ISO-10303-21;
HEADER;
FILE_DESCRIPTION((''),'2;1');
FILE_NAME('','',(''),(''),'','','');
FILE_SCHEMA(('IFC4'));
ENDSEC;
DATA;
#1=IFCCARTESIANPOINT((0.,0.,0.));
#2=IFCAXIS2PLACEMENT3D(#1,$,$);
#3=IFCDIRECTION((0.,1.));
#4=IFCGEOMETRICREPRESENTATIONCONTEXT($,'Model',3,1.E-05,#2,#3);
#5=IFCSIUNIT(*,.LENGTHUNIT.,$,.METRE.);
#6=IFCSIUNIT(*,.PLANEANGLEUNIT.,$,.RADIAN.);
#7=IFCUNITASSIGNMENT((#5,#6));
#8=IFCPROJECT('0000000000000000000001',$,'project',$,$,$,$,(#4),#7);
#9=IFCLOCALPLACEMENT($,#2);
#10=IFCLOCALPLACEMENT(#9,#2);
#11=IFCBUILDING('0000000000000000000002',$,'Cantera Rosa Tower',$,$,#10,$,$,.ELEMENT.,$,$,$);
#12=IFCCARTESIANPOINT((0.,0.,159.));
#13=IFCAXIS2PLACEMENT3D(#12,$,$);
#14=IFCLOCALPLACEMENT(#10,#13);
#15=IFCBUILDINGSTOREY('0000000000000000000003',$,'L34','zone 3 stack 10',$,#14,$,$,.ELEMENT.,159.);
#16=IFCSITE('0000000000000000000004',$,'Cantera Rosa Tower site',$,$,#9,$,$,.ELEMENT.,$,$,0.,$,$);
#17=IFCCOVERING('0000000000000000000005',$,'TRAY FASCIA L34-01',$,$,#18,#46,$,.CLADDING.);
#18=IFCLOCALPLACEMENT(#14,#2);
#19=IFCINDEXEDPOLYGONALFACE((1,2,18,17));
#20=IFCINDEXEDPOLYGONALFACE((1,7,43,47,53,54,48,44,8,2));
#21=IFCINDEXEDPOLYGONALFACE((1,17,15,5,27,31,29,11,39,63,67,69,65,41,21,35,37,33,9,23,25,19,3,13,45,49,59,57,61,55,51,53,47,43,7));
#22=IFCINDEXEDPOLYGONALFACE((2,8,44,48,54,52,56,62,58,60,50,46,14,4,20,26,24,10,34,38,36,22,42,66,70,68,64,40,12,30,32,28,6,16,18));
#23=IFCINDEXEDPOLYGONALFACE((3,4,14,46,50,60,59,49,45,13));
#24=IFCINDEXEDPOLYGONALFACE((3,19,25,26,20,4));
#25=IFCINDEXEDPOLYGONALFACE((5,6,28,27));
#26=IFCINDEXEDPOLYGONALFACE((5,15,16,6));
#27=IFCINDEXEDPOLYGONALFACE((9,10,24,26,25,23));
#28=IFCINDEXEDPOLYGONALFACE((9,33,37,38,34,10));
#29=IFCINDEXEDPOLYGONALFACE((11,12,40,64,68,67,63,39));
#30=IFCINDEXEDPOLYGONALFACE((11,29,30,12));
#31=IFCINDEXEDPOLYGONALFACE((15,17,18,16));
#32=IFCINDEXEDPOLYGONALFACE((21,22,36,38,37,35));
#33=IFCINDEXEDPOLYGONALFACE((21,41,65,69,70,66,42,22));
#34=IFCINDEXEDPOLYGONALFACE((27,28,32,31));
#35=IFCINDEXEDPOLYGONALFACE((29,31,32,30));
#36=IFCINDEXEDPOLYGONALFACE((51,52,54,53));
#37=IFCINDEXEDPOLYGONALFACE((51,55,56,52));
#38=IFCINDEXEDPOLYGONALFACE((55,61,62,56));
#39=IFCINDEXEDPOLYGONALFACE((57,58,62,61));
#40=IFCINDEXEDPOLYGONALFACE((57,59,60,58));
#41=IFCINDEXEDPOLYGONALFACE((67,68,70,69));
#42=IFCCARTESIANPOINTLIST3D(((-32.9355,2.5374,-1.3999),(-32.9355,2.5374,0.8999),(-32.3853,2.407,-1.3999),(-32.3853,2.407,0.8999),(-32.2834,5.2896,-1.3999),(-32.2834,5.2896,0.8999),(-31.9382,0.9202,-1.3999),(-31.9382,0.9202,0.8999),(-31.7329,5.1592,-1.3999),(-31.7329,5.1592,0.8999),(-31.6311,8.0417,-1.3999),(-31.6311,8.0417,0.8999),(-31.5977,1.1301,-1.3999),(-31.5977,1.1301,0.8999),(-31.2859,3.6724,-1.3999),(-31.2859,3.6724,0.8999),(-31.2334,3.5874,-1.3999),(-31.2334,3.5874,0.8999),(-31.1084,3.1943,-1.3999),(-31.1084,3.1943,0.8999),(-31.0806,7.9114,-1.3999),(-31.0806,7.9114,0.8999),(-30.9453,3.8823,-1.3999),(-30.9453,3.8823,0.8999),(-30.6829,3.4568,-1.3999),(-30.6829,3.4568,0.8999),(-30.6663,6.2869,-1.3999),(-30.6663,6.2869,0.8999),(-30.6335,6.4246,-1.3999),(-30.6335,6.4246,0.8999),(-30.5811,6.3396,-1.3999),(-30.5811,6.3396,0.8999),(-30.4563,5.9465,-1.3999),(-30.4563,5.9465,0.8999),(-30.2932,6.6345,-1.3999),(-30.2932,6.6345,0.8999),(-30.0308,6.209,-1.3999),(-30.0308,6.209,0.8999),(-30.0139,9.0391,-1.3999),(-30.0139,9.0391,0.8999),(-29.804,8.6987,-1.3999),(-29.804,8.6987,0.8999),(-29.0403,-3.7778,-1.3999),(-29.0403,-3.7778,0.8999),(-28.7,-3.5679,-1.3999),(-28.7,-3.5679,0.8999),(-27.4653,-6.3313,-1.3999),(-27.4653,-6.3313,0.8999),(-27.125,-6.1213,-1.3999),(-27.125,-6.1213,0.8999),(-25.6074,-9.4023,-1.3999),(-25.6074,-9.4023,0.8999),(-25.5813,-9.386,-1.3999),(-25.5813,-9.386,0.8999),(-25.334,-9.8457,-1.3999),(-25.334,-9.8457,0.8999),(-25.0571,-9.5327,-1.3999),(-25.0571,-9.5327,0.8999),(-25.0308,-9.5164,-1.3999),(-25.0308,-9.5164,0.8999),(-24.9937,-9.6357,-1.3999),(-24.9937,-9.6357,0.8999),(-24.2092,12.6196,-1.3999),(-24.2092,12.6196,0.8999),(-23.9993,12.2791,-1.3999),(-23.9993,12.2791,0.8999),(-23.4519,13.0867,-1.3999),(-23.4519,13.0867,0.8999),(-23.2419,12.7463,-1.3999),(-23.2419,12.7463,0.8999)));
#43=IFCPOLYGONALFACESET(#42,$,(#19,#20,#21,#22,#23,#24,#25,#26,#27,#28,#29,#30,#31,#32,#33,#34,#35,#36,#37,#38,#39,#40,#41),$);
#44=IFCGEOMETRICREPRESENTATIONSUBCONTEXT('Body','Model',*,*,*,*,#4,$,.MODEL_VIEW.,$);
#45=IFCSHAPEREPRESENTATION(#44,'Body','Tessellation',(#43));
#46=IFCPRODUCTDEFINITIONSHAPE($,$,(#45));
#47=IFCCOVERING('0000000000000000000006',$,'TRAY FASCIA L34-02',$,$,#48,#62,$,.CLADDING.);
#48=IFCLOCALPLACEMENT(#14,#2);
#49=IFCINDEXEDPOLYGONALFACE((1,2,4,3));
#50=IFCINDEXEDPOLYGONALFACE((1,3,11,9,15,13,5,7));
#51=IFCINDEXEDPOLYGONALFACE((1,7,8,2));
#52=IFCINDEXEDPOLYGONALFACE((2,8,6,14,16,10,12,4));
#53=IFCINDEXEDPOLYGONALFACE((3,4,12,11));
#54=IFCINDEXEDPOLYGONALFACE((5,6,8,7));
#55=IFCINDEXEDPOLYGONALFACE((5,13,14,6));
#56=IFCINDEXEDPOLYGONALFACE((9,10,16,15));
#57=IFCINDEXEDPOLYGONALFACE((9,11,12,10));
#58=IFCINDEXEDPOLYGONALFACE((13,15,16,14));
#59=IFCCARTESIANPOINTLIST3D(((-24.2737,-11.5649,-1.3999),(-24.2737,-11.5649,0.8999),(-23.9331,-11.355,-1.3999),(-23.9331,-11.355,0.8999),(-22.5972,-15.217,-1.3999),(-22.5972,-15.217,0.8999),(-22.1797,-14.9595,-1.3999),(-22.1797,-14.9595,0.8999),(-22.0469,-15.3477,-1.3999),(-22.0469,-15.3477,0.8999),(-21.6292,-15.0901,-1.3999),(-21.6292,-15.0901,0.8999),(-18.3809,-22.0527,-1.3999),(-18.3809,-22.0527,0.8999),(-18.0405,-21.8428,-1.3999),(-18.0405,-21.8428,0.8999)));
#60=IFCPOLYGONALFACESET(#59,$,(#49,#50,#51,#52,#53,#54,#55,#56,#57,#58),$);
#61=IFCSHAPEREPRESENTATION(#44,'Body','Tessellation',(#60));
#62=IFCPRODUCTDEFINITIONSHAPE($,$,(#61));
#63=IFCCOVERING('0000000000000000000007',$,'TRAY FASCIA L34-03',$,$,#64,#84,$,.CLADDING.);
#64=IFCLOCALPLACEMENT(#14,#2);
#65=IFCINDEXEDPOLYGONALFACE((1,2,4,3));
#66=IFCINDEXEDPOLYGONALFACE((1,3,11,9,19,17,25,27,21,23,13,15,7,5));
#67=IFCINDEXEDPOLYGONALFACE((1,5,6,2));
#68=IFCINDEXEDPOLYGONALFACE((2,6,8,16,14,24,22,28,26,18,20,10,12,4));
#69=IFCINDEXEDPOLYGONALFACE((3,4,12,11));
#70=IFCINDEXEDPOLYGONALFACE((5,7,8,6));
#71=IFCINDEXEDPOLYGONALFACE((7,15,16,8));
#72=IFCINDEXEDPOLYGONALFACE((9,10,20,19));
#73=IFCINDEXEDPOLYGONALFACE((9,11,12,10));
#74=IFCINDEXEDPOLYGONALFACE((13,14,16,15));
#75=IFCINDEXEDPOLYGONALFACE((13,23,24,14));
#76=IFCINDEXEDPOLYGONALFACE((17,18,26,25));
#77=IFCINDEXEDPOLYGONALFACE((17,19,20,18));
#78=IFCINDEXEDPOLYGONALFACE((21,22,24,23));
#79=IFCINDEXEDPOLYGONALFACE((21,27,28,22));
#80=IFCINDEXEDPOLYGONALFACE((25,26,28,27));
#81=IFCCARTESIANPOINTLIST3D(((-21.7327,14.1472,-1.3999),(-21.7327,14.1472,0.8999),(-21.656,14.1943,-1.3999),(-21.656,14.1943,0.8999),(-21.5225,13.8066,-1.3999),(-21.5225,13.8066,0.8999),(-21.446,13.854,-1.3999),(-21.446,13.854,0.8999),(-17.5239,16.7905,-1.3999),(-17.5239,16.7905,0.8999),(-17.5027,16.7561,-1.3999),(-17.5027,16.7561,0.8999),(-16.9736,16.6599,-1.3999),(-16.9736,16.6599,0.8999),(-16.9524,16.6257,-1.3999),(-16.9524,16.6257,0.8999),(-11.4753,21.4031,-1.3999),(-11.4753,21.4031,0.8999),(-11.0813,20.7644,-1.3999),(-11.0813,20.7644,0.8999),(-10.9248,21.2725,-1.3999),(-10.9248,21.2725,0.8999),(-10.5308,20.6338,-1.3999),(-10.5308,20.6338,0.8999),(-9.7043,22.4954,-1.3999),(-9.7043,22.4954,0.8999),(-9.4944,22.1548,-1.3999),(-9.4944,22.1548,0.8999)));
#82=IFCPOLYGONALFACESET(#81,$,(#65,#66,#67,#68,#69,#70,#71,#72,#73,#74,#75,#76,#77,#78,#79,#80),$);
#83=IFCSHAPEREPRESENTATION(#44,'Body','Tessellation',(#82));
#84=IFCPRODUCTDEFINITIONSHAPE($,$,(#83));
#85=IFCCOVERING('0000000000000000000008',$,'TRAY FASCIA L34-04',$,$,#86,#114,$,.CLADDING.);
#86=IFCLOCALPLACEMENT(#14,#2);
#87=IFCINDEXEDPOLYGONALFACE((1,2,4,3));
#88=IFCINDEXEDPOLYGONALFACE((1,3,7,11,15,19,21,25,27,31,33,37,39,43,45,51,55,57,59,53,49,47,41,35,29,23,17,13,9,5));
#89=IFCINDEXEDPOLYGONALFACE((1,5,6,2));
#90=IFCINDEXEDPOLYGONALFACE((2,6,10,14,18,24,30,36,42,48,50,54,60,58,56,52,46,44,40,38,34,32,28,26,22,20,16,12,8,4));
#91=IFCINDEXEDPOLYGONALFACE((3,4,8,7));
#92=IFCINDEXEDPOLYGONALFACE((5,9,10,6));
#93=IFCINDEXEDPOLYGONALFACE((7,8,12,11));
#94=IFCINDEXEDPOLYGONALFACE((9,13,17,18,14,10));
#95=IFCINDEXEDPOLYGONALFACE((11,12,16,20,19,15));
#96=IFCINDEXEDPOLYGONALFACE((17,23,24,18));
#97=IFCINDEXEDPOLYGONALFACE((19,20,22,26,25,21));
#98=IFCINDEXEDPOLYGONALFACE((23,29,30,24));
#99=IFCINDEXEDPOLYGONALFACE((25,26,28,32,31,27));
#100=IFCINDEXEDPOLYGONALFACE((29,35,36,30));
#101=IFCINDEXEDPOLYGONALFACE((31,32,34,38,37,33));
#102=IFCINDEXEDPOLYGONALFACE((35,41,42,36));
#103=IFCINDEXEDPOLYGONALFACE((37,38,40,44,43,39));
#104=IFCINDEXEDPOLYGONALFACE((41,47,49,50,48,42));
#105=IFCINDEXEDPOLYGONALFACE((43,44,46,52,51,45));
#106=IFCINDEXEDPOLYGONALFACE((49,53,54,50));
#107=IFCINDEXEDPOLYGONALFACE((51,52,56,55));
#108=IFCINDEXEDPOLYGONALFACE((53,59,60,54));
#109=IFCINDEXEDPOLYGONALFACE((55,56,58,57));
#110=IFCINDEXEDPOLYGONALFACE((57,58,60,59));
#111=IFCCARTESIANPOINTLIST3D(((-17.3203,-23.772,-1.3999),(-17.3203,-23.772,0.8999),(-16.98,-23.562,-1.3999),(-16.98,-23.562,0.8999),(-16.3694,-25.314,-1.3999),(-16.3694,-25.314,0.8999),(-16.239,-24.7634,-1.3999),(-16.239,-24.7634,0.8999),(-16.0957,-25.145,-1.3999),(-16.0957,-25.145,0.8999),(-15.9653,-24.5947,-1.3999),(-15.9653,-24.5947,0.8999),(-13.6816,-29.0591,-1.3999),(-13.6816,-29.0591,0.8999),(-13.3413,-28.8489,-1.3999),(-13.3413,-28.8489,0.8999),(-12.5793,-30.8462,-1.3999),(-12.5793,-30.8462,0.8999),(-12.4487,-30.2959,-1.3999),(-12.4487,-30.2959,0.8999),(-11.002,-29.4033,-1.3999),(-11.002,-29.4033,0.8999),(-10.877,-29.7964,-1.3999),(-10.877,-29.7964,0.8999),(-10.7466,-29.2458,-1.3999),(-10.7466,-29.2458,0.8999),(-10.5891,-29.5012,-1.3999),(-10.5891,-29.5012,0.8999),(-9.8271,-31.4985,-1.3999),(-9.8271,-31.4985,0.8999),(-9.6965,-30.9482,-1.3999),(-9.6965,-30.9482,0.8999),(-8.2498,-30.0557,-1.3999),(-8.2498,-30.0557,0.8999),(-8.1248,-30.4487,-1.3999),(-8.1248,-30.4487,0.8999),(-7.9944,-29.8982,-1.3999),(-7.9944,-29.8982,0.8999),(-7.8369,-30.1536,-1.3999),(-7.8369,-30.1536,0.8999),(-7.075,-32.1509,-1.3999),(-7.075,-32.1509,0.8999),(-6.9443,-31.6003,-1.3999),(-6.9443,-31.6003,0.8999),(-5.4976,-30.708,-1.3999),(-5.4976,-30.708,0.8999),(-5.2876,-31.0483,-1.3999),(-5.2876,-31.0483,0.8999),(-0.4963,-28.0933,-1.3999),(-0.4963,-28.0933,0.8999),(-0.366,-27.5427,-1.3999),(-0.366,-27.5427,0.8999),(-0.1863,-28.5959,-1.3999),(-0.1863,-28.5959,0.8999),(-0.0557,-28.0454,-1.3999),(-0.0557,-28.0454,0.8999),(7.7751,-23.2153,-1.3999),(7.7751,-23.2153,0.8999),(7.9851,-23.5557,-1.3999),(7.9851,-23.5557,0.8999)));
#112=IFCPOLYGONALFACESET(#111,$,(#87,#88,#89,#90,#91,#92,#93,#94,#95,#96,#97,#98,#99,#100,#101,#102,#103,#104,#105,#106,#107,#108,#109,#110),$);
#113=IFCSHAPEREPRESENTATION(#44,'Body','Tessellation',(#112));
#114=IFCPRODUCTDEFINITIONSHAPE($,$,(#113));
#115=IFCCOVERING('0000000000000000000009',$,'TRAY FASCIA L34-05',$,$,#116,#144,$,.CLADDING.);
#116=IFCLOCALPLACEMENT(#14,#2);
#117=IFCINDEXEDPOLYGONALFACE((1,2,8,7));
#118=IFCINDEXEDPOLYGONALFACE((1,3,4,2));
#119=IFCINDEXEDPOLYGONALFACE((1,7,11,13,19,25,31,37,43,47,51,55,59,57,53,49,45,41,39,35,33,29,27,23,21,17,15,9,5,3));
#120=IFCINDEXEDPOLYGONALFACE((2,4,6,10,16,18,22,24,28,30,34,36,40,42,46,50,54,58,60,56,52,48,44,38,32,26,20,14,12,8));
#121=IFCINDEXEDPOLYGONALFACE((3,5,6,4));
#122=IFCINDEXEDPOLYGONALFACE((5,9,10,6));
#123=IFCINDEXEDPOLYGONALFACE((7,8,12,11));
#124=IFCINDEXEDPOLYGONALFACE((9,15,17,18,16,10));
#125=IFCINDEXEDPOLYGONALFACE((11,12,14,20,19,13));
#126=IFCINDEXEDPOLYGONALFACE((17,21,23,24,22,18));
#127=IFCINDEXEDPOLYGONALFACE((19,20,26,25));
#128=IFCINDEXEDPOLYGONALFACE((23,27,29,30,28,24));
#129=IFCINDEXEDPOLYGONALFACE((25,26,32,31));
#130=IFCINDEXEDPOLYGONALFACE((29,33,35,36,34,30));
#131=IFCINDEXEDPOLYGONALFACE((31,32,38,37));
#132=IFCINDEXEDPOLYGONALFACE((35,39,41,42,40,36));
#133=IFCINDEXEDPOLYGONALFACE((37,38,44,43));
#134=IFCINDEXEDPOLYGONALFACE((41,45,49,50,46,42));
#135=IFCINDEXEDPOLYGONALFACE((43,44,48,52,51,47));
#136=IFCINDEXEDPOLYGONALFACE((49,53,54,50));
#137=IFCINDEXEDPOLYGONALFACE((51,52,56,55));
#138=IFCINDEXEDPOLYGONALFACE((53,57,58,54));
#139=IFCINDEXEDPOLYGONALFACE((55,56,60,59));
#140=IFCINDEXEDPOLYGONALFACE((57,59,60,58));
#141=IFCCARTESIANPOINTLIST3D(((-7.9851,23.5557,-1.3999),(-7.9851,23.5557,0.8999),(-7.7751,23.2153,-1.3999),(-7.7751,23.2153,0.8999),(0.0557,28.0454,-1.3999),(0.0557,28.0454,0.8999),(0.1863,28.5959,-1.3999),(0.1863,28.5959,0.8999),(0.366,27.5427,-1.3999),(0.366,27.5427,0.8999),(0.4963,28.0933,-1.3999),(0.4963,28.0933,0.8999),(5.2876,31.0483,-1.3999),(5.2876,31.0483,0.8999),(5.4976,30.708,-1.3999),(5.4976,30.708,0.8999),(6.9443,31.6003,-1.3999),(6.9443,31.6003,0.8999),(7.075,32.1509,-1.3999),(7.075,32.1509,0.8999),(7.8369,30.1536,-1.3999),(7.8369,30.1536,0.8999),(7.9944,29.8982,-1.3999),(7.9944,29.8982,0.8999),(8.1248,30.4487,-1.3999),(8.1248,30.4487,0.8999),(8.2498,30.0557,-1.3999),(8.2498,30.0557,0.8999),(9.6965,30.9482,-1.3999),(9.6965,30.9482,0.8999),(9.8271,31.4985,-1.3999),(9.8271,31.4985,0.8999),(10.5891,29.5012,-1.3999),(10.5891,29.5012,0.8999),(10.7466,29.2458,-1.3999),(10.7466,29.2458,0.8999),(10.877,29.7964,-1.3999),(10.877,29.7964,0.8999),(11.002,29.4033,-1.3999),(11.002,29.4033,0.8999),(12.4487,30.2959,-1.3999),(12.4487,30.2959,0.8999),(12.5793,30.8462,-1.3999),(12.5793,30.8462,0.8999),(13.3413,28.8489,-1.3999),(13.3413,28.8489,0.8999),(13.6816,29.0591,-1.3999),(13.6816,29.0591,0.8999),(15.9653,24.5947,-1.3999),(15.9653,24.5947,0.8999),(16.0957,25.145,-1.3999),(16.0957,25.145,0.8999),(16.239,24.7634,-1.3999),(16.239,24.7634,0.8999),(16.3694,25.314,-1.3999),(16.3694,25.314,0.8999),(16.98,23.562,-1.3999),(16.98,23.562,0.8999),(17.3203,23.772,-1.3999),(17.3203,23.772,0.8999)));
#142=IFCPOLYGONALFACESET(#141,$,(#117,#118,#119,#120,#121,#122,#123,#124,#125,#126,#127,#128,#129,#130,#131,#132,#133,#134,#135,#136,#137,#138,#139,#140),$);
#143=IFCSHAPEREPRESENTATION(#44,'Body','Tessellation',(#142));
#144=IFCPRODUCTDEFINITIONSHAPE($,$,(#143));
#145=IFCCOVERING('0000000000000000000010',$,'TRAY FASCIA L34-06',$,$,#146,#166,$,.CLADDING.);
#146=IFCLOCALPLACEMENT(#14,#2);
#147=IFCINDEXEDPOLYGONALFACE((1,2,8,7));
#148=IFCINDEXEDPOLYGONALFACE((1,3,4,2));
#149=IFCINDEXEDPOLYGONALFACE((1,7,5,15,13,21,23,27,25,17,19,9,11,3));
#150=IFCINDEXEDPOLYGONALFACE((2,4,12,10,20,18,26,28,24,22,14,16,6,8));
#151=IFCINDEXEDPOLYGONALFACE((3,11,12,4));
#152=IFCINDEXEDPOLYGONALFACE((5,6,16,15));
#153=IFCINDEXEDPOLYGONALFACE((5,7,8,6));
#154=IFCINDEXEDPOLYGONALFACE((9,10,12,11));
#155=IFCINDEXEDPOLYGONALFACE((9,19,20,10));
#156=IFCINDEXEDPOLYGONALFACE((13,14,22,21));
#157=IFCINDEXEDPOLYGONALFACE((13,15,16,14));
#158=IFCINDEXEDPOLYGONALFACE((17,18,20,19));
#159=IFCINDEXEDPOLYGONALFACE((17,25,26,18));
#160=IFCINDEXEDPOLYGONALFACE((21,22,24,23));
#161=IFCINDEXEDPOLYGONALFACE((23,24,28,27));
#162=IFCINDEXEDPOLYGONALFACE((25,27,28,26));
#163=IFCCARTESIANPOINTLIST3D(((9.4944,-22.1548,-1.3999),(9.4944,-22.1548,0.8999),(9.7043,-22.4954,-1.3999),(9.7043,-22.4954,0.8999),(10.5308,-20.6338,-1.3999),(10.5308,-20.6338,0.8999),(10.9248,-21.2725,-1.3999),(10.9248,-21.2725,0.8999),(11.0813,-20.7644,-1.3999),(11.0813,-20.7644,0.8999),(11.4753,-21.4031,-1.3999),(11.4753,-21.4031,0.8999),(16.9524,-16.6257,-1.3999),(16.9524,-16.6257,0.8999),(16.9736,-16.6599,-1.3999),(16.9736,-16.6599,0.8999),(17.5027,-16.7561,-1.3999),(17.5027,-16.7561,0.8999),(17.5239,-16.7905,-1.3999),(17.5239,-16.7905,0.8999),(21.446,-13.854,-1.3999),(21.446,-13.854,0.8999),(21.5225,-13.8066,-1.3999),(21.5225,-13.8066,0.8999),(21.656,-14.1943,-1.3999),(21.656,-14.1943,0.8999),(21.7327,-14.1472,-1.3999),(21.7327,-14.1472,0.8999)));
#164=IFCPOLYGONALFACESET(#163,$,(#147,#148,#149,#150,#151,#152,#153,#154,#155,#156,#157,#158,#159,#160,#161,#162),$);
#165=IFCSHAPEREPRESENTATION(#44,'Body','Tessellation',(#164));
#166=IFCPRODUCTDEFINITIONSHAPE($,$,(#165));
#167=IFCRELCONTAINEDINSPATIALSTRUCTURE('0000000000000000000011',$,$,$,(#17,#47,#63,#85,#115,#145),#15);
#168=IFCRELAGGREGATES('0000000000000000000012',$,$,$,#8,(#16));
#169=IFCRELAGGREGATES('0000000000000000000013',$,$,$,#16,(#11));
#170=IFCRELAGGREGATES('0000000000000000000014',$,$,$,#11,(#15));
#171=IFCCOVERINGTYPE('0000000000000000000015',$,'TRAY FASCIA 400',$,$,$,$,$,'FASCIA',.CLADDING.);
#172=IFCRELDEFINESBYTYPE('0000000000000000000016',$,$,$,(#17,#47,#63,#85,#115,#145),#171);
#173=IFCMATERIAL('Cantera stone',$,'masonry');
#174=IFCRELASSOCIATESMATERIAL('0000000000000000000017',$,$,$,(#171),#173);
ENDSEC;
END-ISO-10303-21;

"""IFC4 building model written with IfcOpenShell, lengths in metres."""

from ifc_helpers import new_model, si_unit, direction, frame, origin, place, context, subcontext, project, spatial, polyline, outline, extrude, material, type_object, element, save


model = new_model("IFC4")

# Units and contexts
model_context = context("Model", 3, precision=1e-05, world=origin(), true_north=direction((0.0, 1.0)))
body_context = subcontext(model_context, "Body", "Model", "MODEL_VIEW")
ifc_project = project(units=[si_unit("LENGTHUNIT", "METRE"), si_unit("PLANEANGLEUNIT", "RADIAN")], contexts=[model_context])

# Site, building, storey
site_placement = place(None, origin())
site = spatial("IfcSite", under=ifc_project, at=site_placement, Name="Cantera Rosa Tower site", CompositionType="ELEMENT", RefElevation=0.0)
building_placement = place(site_placement, origin())
building = spatial("IfcBuilding", under=site, at=building_placement, Name="Cantera Rosa Tower", CompositionType="ELEMENT")
storey_placement = place(building_placement, frame((0.0, 0.0, 159.0)))
storey = spatial("IfcBuildingStorey", under=building, at=storey_placement, Name="L34", Description="zone 3 stack 10", CompositionType="ELEMENT", Elevation=159.0)

# Coverings
ifc_material_1 = material(Name="Cantera stone", Category="masonry")
covering_type_1 = type_object("IfcCoveringType", Name="TRAY FASCIA 400", ElementType="FASCIA", PredefinedType="CLADDING", material=ifc_material_1)
covering_1_placement = place(storey_placement, frame((0.0, 0.0, -1.3999)))
element("IfcCovering", 1, at=covering_1_placement, inside=storey, type_object=covering_type_1, Name="TRAY FASCIA L34-01", PredefinedType="CLADDING", context=body_context, shape_type="SweptSolid", body=[
    extrude(outline(polyline([(-29.0403, -3.7778), (-31.9382, 0.9202), (-32.9355, 2.5374), (-31.2334, 3.5874), (-31.2859, 3.6724), (-32.2834, 5.2896), (-30.6663, 6.2869), (-30.5811, 6.3396), (-30.6335, 6.4246), (-31.6311, 8.0417), (-30.0139, 9.0391), (-24.2092, 12.6196), (-23.4519, 13.0867), (-23.2419, 12.7463), (-23.9993, 12.2791), (-29.804, 8.6987), (-31.0806, 7.9114), (-30.2932, 6.6345), (-30.0308, 6.209), (-30.4563, 5.9465), (-31.7329, 5.1592), (-30.9453, 3.8823), (-30.6829, 3.4568), (-31.1084, 3.1943), (-32.3853, 2.407), (-31.5977, 1.1301), (-28.7, -3.5679), (-27.125, -6.1213), (-25.0308, -9.5164), (-25.0571, -9.5327), (-24.9937, -9.6357), (-25.334, -9.8457), (-25.6074, -9.4023), (-25.5813, -9.386), (-27.4653, -6.3313), (-29.0403, -3.7778)])), origin(), (0.0, 0.0, 1.0), 2.2998),
])
covering_2_placement = place(storey_placement, frame((0.0, 0.0, -1.3999)))
element("IfcCovering", 2, at=covering_2_placement, inside=storey, type_object=covering_type_1, Name="TRAY FASCIA L34-02", PredefinedType="CLADDING", context=body_context, shape_type="SweptSolid", body=[
    extrude(outline(polyline([(-22.5972, -15.217), (-22.1797, -14.9595), (-24.2737, -11.5649), (-23.9331, -11.355), (-21.6292, -15.0901), (-22.0469, -15.3477), (-18.0405, -21.8428), (-18.3809, -22.0527), (-22.5972, -15.217)])), origin(), (0.0, 0.0, 1.0), 2.2998),
])
covering_3_placement = place(storey_placement, frame((0.0, 0.0, -1.3999)))
element("IfcCovering", 3, at=covering_3_placement, inside=storey, type_object=covering_type_1, Name="TRAY FASCIA L34-03", PredefinedType="CLADDING", context=body_context, shape_type="SweptSolid", body=[
    extrude(outline(polyline([(-21.656, 14.1943), (-17.5027, 16.7561), (-17.5239, 16.7905), (-11.0813, 20.7644), (-11.4753, 21.4031), (-9.7043, 22.4954), (-9.4944, 22.1548), (-10.9248, 21.2725), (-10.5308, 20.6338), (-16.9736, 16.6599), (-16.9524, 16.6257), (-21.446, 13.854), (-21.5225, 13.8066), (-21.7327, 14.1472), (-21.656, 14.1943)])), origin(), (0.0, 0.0, 1.0), 2.2998),
])
covering_4_placement = place(storey_placement, frame((0.0, 0.0, -1.3999)))
element("IfcCovering", 4, at=covering_4_placement, inside=storey, type_object=covering_type_1, Name="TRAY FASCIA L34-04", PredefinedType="CLADDING", context=body_context, shape_type="SweptSolid", body=[
    extrude(outline(polyline([(-0.1863, -28.5959), (-0.4963, -28.0933), (-5.2876, -31.0483), (-7.075, -32.1509), (-8.1248, -30.4487), (-9.8271, -31.4985), (-10.877, -29.7964), (-12.5793, -30.8462), (-13.6816, -29.0591), (-16.0957, -25.145), (-16.3694, -25.314), (-17.3203, -23.772), (-16.98, -23.562), (-16.239, -24.7634), (-15.9653, -24.5947), (-13.3413, -28.8489), (-12.4487, -30.2959), (-11.002, -29.4033), (-10.7466, -29.2458), (-10.5891, -29.5012), (-9.6965, -30.9482), (-8.2498, -30.0557), (-7.9944, -29.8982), (-7.8369, -30.1536), (-6.9443, -31.6003), (-5.4976, -30.708), (-0.366, -27.5427), (-0.0557, -28.0454), (7.7751, -23.2153), (7.9851, -23.5557), (-0.1863, -28.5959)])), origin(), (0.0, 0.0, 1.0), 2.2998),
])
covering_5_placement = place(storey_placement, frame((0.0, 0.0, -1.3999)))
element("IfcCovering", 5, at=covering_5_placement, inside=storey, type_object=covering_type_1, Name="TRAY FASCIA L34-05", PredefinedType="CLADDING", context=body_context, shape_type="SweptSolid", body=[
    extrude(outline(polyline([(0.1863, 28.5959), (0.4963, 28.0933), (5.2876, 31.0483), (7.075, 32.1509), (8.1248, 30.4487), (9.8271, 31.4985), (10.877, 29.7964), (12.5793, 30.8462), (13.6816, 29.0591), (16.0957, 25.145), (16.3694, 25.314), (17.3203, 23.772), (16.98, 23.562), (16.239, 24.7634), (15.9653, 24.5947), (13.3413, 28.8489), (12.4487, 30.2959), (11.002, 29.4033), (10.7466, 29.2458), (10.5891, 29.5012), (9.6965, 30.9482), (8.2498, 30.0557), (7.9944, 29.8982), (7.8369, 30.1536), (6.9443, 31.6003), (5.4976, 30.708), (0.366, 27.5427), (0.0557, 28.0454), (-7.7751, 23.2153), (-7.9851, 23.5557), (0.1863, 28.5959)])), origin(), (0.0, 0.0, 1.0), 2.2998),
])
covering_6_placement = place(storey_placement, frame((0.0, 0.0, -1.3999)))
element("IfcCovering", 6, at=covering_6_placement, inside=storey, type_object=covering_type_1, Name="TRAY FASCIA L34-06", PredefinedType="CLADDING", context=body_context, shape_type="SweptSolid", body=[
    extrude(outline(polyline([(21.656, -14.1943), (17.5027, -16.7561), (17.5239, -16.7905), (11.0813, -20.7644), (11.4753, -21.4031), (9.7043, -22.4954), (9.4944, -22.1548), (10.9248, -21.2725), (10.5308, -20.6338), (16.9736, -16.6599), (16.9524, -16.6257), (21.446, -13.854), (21.5225, -13.8066), (21.7327, -14.1472), (21.656, -14.1943)])), origin(), (0.0, 0.0, 1.0), 2.2998),
])

save(model, "model.ifc")
